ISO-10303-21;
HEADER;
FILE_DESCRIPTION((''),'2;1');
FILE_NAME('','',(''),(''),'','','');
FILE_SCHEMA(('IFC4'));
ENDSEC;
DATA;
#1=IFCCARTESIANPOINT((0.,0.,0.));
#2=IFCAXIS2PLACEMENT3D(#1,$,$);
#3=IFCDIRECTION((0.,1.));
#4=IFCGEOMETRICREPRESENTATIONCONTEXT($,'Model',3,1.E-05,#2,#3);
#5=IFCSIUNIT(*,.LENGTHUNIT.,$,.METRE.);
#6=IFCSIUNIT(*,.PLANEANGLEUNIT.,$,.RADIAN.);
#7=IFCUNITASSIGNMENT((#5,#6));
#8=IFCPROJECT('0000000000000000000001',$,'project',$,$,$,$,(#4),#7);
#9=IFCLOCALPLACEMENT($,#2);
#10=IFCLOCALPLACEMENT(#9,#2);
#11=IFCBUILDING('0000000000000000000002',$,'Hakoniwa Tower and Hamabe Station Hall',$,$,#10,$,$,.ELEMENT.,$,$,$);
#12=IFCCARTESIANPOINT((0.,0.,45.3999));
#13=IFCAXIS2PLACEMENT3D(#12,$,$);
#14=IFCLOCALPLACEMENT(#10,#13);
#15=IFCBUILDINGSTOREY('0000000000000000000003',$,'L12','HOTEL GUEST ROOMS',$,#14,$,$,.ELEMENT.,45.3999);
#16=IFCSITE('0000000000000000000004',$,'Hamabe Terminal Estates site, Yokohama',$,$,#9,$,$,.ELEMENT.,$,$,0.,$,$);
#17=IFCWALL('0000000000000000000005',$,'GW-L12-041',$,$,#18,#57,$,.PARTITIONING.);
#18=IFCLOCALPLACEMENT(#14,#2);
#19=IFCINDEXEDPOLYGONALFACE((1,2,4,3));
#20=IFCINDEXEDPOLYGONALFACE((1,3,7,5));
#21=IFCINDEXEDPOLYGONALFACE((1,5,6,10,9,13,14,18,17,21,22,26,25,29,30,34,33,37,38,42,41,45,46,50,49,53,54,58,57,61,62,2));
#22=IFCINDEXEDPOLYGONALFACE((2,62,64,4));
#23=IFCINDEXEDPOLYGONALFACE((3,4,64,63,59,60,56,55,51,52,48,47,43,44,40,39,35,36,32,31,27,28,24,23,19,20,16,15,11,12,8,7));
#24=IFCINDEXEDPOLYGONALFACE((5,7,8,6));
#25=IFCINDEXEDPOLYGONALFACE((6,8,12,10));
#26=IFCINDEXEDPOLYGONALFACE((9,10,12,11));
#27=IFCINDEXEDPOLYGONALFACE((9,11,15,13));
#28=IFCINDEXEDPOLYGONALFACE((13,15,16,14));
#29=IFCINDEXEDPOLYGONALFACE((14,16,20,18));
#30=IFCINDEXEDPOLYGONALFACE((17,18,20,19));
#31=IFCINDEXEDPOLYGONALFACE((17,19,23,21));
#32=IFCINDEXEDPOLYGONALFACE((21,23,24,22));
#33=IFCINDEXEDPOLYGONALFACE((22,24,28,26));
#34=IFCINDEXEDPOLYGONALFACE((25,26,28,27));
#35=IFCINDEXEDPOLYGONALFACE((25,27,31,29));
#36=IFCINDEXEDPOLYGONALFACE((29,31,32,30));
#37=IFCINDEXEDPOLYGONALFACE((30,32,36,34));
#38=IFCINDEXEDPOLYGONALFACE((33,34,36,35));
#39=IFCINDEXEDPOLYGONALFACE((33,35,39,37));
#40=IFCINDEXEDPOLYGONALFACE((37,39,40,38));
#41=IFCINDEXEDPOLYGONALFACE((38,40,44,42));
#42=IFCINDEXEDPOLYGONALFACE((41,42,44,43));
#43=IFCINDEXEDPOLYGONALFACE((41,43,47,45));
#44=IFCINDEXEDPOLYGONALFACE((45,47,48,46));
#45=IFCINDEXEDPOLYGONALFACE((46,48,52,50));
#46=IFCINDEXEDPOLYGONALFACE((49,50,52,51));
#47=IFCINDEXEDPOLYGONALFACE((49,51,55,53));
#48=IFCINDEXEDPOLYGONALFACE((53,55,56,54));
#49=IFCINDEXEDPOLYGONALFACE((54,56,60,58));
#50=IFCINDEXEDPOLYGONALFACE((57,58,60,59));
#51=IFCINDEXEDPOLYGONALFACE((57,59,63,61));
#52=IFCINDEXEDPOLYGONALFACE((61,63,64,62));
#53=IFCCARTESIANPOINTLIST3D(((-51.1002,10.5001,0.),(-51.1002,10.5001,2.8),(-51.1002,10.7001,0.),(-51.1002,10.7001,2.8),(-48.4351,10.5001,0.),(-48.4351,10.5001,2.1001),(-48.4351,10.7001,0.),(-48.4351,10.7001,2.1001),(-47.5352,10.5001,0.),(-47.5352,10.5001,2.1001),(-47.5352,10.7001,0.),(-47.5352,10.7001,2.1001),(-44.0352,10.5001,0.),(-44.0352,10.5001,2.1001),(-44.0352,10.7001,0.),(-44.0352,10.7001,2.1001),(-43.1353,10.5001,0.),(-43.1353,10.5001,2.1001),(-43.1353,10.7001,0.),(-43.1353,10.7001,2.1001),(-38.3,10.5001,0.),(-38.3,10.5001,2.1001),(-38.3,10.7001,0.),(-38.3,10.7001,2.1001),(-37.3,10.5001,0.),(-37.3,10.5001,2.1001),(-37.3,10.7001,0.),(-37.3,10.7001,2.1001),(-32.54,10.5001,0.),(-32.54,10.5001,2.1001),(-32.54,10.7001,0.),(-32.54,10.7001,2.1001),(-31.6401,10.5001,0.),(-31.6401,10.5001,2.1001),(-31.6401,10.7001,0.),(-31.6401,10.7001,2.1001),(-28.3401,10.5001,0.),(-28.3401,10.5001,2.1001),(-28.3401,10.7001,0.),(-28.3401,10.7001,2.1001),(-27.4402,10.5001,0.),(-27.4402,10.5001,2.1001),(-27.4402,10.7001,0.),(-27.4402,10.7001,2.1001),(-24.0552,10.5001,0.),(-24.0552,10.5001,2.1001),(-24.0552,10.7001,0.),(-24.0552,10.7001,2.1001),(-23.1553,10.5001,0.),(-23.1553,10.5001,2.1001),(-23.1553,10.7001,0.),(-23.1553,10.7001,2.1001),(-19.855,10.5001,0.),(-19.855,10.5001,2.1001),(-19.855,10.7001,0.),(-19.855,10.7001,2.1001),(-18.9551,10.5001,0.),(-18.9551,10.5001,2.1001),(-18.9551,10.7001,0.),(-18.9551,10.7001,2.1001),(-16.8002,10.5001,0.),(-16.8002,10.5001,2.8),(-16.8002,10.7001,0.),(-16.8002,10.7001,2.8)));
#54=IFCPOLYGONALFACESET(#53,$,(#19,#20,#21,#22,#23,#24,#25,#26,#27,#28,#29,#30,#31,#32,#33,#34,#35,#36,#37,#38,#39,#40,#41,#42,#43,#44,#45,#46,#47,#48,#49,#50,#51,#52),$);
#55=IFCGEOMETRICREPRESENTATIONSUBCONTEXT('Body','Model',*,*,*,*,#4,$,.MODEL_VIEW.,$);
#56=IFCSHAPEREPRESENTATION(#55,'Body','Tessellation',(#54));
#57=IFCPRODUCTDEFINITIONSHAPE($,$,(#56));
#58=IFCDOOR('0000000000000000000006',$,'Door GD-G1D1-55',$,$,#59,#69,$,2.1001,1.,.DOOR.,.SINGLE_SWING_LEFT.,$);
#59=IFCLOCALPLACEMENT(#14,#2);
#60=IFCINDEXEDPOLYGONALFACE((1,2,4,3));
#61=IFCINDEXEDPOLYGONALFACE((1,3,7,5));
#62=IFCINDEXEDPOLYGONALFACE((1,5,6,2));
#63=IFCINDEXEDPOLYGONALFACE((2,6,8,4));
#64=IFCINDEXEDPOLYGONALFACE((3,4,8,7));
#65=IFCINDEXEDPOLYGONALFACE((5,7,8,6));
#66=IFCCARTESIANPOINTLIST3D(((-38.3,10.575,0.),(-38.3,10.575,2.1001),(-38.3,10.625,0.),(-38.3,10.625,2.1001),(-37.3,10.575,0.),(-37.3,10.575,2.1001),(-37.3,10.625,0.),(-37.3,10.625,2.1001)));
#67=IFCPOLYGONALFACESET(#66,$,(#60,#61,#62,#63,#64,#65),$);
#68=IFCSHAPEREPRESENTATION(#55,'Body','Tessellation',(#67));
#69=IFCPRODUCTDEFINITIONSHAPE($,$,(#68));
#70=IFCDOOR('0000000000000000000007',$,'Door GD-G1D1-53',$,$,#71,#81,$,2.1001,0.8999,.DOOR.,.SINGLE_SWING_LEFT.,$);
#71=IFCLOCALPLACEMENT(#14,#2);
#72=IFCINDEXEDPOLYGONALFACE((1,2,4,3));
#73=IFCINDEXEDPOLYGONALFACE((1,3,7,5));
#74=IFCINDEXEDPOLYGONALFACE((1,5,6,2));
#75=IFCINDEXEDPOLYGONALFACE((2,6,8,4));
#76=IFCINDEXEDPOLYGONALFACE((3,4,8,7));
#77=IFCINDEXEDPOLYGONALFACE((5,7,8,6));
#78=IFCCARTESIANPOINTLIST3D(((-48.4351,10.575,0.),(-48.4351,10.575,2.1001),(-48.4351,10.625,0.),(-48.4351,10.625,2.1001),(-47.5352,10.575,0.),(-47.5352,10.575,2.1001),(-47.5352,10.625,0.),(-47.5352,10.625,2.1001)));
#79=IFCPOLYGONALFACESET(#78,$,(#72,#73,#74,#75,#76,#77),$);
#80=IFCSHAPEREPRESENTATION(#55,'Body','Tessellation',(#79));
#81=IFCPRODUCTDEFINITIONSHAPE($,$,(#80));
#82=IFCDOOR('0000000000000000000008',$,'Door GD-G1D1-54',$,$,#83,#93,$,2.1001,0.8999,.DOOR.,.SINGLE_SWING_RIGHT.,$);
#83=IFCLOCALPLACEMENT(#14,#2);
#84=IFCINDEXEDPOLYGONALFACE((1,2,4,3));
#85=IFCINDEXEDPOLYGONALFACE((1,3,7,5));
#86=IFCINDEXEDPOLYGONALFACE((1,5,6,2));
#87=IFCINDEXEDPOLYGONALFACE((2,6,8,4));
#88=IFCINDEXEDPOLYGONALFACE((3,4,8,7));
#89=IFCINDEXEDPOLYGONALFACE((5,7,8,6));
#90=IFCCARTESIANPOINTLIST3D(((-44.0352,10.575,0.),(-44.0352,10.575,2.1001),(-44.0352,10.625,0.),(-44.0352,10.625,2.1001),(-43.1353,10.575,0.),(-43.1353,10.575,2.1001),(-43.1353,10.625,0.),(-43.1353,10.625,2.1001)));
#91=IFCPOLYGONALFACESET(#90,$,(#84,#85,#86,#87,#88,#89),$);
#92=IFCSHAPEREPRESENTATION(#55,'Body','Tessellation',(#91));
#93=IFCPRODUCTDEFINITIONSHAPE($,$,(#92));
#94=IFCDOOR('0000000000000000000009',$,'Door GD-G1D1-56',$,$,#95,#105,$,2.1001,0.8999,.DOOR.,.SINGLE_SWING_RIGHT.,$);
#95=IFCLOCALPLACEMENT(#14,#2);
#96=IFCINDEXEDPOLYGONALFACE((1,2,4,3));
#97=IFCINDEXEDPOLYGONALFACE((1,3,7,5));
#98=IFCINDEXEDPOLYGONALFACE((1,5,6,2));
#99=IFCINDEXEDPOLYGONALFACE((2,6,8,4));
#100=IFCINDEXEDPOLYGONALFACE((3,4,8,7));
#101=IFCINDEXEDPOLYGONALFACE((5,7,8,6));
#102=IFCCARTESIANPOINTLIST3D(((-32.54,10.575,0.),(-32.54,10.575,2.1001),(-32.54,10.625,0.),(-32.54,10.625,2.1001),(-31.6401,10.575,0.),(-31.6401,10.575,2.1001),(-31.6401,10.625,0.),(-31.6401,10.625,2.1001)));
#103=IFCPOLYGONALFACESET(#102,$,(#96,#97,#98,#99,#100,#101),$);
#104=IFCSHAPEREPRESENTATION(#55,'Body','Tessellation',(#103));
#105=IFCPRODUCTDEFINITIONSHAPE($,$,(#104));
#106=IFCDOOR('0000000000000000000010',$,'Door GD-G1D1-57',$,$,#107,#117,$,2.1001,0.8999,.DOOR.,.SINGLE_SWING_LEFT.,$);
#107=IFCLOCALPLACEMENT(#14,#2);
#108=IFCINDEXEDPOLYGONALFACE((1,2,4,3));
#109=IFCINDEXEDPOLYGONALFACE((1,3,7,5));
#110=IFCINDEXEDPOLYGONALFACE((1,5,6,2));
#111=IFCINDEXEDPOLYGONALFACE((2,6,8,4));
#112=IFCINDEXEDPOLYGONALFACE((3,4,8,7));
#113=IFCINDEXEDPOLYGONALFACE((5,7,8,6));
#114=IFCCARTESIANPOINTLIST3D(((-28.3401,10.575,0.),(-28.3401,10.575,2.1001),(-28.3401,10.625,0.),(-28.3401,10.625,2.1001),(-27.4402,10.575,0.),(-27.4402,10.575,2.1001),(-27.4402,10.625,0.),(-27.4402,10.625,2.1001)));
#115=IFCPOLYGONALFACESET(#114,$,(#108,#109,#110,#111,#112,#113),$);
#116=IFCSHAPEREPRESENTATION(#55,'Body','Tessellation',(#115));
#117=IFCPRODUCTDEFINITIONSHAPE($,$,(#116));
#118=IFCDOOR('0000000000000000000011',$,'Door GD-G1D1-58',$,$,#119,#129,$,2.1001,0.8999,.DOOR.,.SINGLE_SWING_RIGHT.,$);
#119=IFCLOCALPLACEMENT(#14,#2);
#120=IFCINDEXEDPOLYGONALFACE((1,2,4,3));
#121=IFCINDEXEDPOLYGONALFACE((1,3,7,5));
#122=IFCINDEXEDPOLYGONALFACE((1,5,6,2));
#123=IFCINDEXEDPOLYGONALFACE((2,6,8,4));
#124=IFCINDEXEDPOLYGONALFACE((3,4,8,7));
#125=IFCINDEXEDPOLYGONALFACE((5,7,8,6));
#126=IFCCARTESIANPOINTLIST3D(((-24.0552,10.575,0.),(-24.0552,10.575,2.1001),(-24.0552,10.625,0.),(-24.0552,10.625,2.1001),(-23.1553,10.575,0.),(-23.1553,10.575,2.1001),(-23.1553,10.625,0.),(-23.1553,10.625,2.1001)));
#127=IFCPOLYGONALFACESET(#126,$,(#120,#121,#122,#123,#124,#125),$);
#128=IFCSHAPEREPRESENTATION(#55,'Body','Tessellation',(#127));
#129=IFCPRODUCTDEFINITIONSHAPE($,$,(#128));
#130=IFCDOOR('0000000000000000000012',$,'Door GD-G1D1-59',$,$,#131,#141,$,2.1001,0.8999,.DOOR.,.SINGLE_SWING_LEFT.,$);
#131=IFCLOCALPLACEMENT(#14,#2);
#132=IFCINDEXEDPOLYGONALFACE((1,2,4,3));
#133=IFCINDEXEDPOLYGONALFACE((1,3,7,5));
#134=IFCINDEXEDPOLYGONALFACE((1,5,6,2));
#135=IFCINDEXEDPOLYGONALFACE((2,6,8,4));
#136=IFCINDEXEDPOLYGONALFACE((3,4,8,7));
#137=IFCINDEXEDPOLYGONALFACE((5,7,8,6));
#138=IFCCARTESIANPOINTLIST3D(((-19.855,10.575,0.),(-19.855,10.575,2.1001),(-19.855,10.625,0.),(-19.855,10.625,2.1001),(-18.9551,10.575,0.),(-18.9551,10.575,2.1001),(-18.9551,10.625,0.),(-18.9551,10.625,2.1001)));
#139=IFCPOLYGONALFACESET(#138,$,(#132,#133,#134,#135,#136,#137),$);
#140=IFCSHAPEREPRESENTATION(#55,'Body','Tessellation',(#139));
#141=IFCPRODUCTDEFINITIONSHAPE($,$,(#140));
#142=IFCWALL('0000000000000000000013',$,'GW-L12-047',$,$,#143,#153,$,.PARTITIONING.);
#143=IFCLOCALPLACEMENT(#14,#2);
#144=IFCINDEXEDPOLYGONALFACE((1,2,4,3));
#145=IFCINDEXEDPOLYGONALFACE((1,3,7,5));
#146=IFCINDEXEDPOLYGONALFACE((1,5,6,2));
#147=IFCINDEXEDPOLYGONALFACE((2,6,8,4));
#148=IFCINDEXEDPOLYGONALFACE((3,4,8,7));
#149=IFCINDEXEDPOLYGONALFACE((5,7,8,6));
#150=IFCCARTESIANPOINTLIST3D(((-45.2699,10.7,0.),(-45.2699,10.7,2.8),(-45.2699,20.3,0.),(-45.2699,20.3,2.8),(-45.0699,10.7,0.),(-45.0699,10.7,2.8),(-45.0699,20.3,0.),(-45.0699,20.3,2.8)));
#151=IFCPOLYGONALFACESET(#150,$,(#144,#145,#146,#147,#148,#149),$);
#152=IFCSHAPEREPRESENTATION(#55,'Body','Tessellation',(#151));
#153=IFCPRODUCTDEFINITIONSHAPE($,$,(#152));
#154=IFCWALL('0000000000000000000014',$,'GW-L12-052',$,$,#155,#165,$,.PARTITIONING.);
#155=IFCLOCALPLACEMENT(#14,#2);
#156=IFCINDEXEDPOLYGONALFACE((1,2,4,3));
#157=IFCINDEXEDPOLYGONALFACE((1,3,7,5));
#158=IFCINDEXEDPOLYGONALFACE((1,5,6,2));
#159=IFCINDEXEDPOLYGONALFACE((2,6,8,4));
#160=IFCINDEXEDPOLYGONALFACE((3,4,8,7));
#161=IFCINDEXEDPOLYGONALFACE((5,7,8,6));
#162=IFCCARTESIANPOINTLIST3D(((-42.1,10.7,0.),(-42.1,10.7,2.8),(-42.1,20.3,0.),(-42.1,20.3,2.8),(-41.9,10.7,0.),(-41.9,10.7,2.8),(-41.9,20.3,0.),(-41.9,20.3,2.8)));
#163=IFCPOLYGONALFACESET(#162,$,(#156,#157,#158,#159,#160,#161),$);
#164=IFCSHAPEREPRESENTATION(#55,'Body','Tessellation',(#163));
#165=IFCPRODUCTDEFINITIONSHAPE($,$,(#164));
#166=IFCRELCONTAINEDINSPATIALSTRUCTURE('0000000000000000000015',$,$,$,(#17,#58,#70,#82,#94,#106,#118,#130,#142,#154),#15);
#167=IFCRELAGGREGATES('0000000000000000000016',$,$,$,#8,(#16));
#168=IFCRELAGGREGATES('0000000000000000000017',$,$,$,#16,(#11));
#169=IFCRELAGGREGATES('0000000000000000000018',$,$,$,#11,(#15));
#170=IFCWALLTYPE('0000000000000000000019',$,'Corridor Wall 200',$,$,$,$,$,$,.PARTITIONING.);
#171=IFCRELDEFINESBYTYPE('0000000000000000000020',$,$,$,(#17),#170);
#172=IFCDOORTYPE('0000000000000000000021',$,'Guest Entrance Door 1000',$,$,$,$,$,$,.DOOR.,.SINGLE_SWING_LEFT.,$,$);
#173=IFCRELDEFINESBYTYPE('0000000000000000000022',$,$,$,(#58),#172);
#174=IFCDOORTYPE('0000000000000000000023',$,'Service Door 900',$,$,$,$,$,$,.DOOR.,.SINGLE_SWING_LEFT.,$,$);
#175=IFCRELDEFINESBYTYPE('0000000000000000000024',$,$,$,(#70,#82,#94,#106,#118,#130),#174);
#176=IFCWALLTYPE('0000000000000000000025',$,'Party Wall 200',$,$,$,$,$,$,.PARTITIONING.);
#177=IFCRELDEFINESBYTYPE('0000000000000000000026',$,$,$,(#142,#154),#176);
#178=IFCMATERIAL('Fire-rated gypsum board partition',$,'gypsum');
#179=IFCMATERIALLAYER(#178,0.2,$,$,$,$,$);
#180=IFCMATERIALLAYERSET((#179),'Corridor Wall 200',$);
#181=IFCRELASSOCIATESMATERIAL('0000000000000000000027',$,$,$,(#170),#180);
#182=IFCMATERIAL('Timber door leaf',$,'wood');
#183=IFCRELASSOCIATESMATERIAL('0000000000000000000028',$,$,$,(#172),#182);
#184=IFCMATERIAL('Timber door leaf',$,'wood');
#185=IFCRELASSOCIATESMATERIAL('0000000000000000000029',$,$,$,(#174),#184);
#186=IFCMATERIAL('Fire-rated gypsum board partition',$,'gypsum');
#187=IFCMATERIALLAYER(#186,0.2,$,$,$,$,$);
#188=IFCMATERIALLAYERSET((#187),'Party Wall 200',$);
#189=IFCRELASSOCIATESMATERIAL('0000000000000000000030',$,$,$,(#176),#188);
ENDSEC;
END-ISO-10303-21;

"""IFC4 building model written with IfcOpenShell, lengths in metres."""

from ifc_helpers import new_model, si_unit, direction, frame, frame_2d, origin, place, context, subcontext, project, spatial, rectangle, extrude, material, layer, layer_set, type_object, element, fill, save


model = new_model("IFC4")

# Units and contexts
model_context = context("Model", 3, precision=1e-05, world=origin(), true_north=direction((0.0, 1.0)))
body_context = subcontext(model_context, "Body", "Model", "MODEL_VIEW")
ifc_project = project(units=[si_unit("LENGTHUNIT", "METRE"), si_unit("PLANEANGLEUNIT", "RADIAN")], contexts=[model_context])

# Site, building, storey
site_placement = place(None, origin())
site = spatial("IfcSite", under=ifc_project, at=site_placement, Name="Hamabe Terminal Estates site, Yokohama", CompositionType="ELEMENT", RefElevation=0.0)
building_placement = place(site_placement, origin())
building = spatial("IfcBuilding", under=site, at=building_placement, Name="Hakoniwa Tower and Hamabe Station Hall", CompositionType="ELEMENT")
storey_placement = place(building_placement, frame((0.0, 0.0, 45.3999)))
storey = spatial("IfcBuildingStorey", under=building, at=storey_placement, Name="L12", Description="HOTEL GUEST ROOMS", CompositionType="ELEMENT", Elevation=45.3999)

# Wall, openings, doors
ifc_material_1 = material(Name="Fire-rated gypsum board partition", Category="gypsum")
ifc_layer_1 = layer(ifc_material_1, 0.2)
ifc_layer_set_1 = layer_set([ifc_layer_1], Name="Corridor Wall 200")
wall_type_1 = type_object("IfcWallType", Name="Corridor Wall 200", PredefinedType="PARTITIONING", material=ifc_layer_set_1)
ifc_material_2 = material(Name="Timber door leaf", Category="wood")
door_type_1 = type_object("IfcDoorType", Name="Guest Entrance Door 1000", OperationType="SINGLE_SWING_LEFT", PredefinedType="DOOR", material=ifc_material_2)
wall_1_placement = place(storey_placement, frame((-51.1001, 10.6001, 0.0), z_axis=(0.0, 0.0, 1.0), x_axis=(1.0, 0.0, 0.0)))
wall_1 = element("IfcWall", 1, at=wall_1_placement, inside=storey, type_object=wall_type_1, Name="GW-L12-041", PredefinedType="PARTITIONING", context=body_context, shape_type="SweptSolid", body=[
    extrude(rectangle(XDim=34.3, YDim=0.2, at=frame_2d((17.1499, 0.0))), origin(), (0.0, 0.0, 1.0), 2.8),
])
opening_1_placement = place(wall_1_placement, frame((2.665, 0.0, 0.0)))
opening_1 = element("IfcOpeningElement", 2, at=opening_1_placement, cuts=wall_1, PredefinedType="OPENING", context=body_context, shape_type="SweptSolid", body=[
    extrude(rectangle(XDim=0.8999, YDim=2.1001, at=frame_2d((0.45, 1.05))), frame((0.0, 0.1099, 0.0), z_axis=(0.0, -1.0, 0.0), x_axis=(1.0, 0.0, 0.0)), (0.0, 0.0, 1.0), 0.22),
])
opening_2_placement = place(wall_1_placement, frame((7.0649, 0.0, 0.0)))
opening_2 = element("IfcOpeningElement", 3, at=opening_2_placement, cuts=wall_1, PredefinedType="OPENING", context=body_context, shape_type="SweptSolid", body=[
    extrude(rectangle(XDim=0.8999, YDim=2.1001, at=frame_2d((0.45, 1.05))), frame((0.0, 0.1099, 0.0), z_axis=(0.0, -1.0, 0.0), x_axis=(1.0, 0.0, 0.0)), (0.0, 0.0, 1.0), 0.22),
])
opening_3_placement = place(wall_1_placement, frame((12.8, 0.0, 0.0)))
opening_3 = element("IfcOpeningElement", 4, at=opening_3_placement, cuts=wall_1, PredefinedType="OPENING", context=body_context, shape_type="SweptSolid", body=[
    extrude(rectangle(XDim=1.0, YDim=2.1001, at=frame_2d((0.5, 1.05))), frame((0.0, 0.1099, 0.0), z_axis=(0.0, -1.0, 0.0), x_axis=(1.0, 0.0, 0.0)), (0.0, 0.0, 1.0), 0.22),
])
opening_4_placement = place(wall_1_placement, frame((18.5601, 0.0, 0.0)))
opening_4 = element("IfcOpeningElement", 5, at=opening_4_placement, cuts=wall_1, PredefinedType="OPENING", context=body_context, shape_type="SweptSolid", body=[
    extrude(rectangle(XDim=0.8999, YDim=2.1001, at=frame_2d((0.45, 1.05))), frame((0.0, 0.1099, 0.0), z_axis=(0.0, -1.0, 0.0), x_axis=(1.0, 0.0, 0.0)), (0.0, 0.0, 1.0), 0.22),
])
opening_5_placement = place(wall_1_placement, frame((22.76, 0.0, 0.0)))
opening_5 = element("IfcOpeningElement", 6, at=opening_5_placement, cuts=wall_1, PredefinedType="OPENING", context=body_context, shape_type="SweptSolid", body=[
    extrude(rectangle(XDim=0.8999, YDim=2.1001, at=frame_2d((0.45, 1.05))), frame((0.0, 0.1099, 0.0), z_axis=(0.0, -1.0, 0.0), x_axis=(1.0, 0.0, 0.0)), (0.0, 0.0, 1.0), 0.22),
])
opening_6_placement = place(wall_1_placement, frame((27.0449, 0.0, 0.0)))
opening_6 = element("IfcOpeningElement", 7, at=opening_6_placement, cuts=wall_1, PredefinedType="OPENING", context=body_context, shape_type="SweptSolid", body=[
    extrude(rectangle(XDim=0.8999, YDim=2.1001, at=frame_2d((0.45, 1.05))), frame((0.0, 0.1099, 0.0), z_axis=(0.0, -1.0, 0.0), x_axis=(1.0, 0.0, 0.0)), (0.0, 0.0, 1.0), 0.22),
])
opening_7_placement = place(wall_1_placement, frame((31.2451, 0.0, 0.0)))
opening_7 = element("IfcOpeningElement", 8, at=opening_7_placement, cuts=wall_1, PredefinedType="OPENING", context=body_context, shape_type="SweptSolid", body=[
    extrude(rectangle(XDim=0.8999, YDim=2.1001, at=frame_2d((0.45, 1.05))), frame((0.0, 0.1099, 0.0), z_axis=(0.0, -1.0, 0.0), x_axis=(1.0, 0.0, 0.0)), (0.0, 0.0, 1.0), 0.22),
])
door_1_placement = place(opening_3_placement, origin())
door_1 = element("IfcDoor", 9, at=door_1_placement, inside=storey, type_object=door_type_1, Name="Door GD-G1D1-55", OperationType="SINGLE_SWING_LEFT", OverallHeight=2.1001, OverallWidth=1.0, PredefinedType="DOOR", context=body_context, shape_type="SweptSolid", body=[
    extrude(rectangle(XDim=1.0, YDim=2.1001, at=frame_2d((0.5, 1.05))), frame((0.0, 0.0249, 0.0), z_axis=(0.0, -1.0, 0.0), x_axis=(1.0, 0.0, 0.0)), (0.0, 0.0, 1.0), 0.05),
])
fill(opening_3, door_1)
ifc_material_3 = material(Name="Timber door leaf", Category="wood")
door_type_2 = type_object("IfcDoorType", Name="Service Door 900", OperationType="SINGLE_SWING_LEFT", PredefinedType="DOOR", material=ifc_material_3)
door_2_placement = place(opening_1_placement, origin())
door_2 = element("IfcDoor", 10, at=door_2_placement, inside=storey, type_object=door_type_2, Name="Door GD-G1D1-53", OperationType="SINGLE_SWING_LEFT", OverallHeight=2.1001, OverallWidth=0.8999, PredefinedType="DOOR", context=body_context, shape_type="SweptSolid", body=[
    extrude(rectangle(XDim=0.8999, YDim=2.1001, at=frame_2d((0.45, 1.05))), frame((0.0, 0.0249, 0.0), z_axis=(0.0, -1.0, 0.0), x_axis=(1.0, 0.0, 0.0)), (0.0, 0.0, 1.0), 0.05),
])
fill(opening_1, door_2)
door_3_placement = place(opening_2_placement, origin())
door_3 = element("IfcDoor", 11, at=door_3_placement, inside=storey, type_object=door_type_2, Name="Door GD-G1D1-54", OperationType="SINGLE_SWING_RIGHT", OverallHeight=2.1001, OverallWidth=0.8999, PredefinedType="DOOR", context=body_context, shape_type="SweptSolid", body=[
    extrude(rectangle(XDim=0.8999, YDim=2.1001, at=frame_2d((0.45, 1.05))), frame((0.0, 0.0249, 0.0), z_axis=(0.0, -1.0, 0.0), x_axis=(1.0, 0.0, 0.0)), (0.0, 0.0, 1.0), 0.05),
])
fill(opening_2, door_3)
door_4_placement = place(opening_4_placement, origin())
door_4 = element("IfcDoor", 12, at=door_4_placement, inside=storey, type_object=door_type_2, Name="Door GD-G1D1-56", OperationType="SINGLE_SWING_RIGHT", OverallHeight=2.1001, OverallWidth=0.8999, PredefinedType="DOOR", context=body_context, shape_type="SweptSolid", body=[
    extrude(rectangle(XDim=0.8999, YDim=2.1001, at=frame_2d((0.45, 1.05))), frame((0.0, 0.0249, 0.0), z_axis=(0.0, -1.0, 0.0), x_axis=(1.0, 0.0, 0.0)), (0.0, 0.0, 1.0), 0.05),
])
fill(opening_4, door_4)
door_5_placement = place(opening_5_placement, origin())
door_5 = element("IfcDoor", 13, at=door_5_placement, inside=storey, type_object=door_type_2, Name="Door GD-G1D1-57", OperationType="SINGLE_SWING_LEFT", OverallHeight=2.1001, OverallWidth=0.8999, PredefinedType="DOOR", context=body_context, shape_type="SweptSolid", body=[
    extrude(rectangle(XDim=0.8999, YDim=2.1001, at=frame_2d((0.45, 1.05))), frame((0.0, 0.0249, 0.0), z_axis=(0.0, -1.0, 0.0), x_axis=(1.0, 0.0, 0.0)), (0.0, 0.0, 1.0), 0.05),
])
fill(opening_5, door_5)
door_6_placement = place(opening_6_placement, origin())
door_6 = element("IfcDoor", 14, at=door_6_placement, inside=storey, type_object=door_type_2, Name="Door GD-G1D1-58", OperationType="SINGLE_SWING_RIGHT", OverallHeight=2.1001, OverallWidth=0.8999, PredefinedType="DOOR", context=body_context, shape_type="SweptSolid", body=[
    extrude(rectangle(XDim=0.8999, YDim=2.1001, at=frame_2d((0.45, 1.05))), frame((0.0, 0.0249, 0.0), z_axis=(0.0, -1.0, 0.0), x_axis=(1.0, 0.0, 0.0)), (0.0, 0.0, 1.0), 0.05),
])
fill(opening_6, door_6)
door_7_placement = place(opening_7_placement, origin())
door_7 = element("IfcDoor", 15, at=door_7_placement, inside=storey, type_object=door_type_2, Name="Door GD-G1D1-59", OperationType="SINGLE_SWING_LEFT", OverallHeight=2.1001, OverallWidth=0.8999, PredefinedType="DOOR", context=body_context, shape_type="SweptSolid", body=[
    extrude(rectangle(XDim=0.8999, YDim=2.1001, at=frame_2d((0.45, 1.05))), frame((0.0, 0.0249, 0.0), z_axis=(0.0, -1.0, 0.0), x_axis=(1.0, 0.0, 0.0)), (0.0, 0.0, 1.0), 0.05),
])
fill(opening_7, door_7)

# Walls
ifc_material_4 = material(Name="Fire-rated gypsum board partition", Category="gypsum")
ifc_layer_2 = layer(ifc_material_4, 0.2)
ifc_layer_set_2 = layer_set([ifc_layer_2], Name="Party Wall 200")
wall_type_2 = type_object("IfcWallType", Name="Party Wall 200", PredefinedType="PARTITIONING", material=ifc_layer_set_2)
for number, where, z_axis, x_axis, name in (
    (16, (-45.1699, 10.7, 0.0), (0.0, 0.0, 1.0), (0.0, 1.0, 0.0), "GW-L12-047"),
    (17, (-42.0, 10.7, 0.0), (0.0, 0.0, 1.0), (0.0, 1.0, 0.0), "GW-L12-052"),
):
    element("IfcWall", number, at=place(storey_placement, frame(where, z_axis=z_axis, x_axis=x_axis)), inside=storey, type_object=wall_type_2, Name=name, PredefinedType="PARTITIONING", context=body_context, shape_type="SweptSolid", body=[
        extrude(rectangle(XDim=9.6001, YDim=0.2, at=frame_2d((4.8, 0.0))), origin(), (0.0, 0.0, 1.0), 2.8),
    ])

save(model, "model.ifc")
